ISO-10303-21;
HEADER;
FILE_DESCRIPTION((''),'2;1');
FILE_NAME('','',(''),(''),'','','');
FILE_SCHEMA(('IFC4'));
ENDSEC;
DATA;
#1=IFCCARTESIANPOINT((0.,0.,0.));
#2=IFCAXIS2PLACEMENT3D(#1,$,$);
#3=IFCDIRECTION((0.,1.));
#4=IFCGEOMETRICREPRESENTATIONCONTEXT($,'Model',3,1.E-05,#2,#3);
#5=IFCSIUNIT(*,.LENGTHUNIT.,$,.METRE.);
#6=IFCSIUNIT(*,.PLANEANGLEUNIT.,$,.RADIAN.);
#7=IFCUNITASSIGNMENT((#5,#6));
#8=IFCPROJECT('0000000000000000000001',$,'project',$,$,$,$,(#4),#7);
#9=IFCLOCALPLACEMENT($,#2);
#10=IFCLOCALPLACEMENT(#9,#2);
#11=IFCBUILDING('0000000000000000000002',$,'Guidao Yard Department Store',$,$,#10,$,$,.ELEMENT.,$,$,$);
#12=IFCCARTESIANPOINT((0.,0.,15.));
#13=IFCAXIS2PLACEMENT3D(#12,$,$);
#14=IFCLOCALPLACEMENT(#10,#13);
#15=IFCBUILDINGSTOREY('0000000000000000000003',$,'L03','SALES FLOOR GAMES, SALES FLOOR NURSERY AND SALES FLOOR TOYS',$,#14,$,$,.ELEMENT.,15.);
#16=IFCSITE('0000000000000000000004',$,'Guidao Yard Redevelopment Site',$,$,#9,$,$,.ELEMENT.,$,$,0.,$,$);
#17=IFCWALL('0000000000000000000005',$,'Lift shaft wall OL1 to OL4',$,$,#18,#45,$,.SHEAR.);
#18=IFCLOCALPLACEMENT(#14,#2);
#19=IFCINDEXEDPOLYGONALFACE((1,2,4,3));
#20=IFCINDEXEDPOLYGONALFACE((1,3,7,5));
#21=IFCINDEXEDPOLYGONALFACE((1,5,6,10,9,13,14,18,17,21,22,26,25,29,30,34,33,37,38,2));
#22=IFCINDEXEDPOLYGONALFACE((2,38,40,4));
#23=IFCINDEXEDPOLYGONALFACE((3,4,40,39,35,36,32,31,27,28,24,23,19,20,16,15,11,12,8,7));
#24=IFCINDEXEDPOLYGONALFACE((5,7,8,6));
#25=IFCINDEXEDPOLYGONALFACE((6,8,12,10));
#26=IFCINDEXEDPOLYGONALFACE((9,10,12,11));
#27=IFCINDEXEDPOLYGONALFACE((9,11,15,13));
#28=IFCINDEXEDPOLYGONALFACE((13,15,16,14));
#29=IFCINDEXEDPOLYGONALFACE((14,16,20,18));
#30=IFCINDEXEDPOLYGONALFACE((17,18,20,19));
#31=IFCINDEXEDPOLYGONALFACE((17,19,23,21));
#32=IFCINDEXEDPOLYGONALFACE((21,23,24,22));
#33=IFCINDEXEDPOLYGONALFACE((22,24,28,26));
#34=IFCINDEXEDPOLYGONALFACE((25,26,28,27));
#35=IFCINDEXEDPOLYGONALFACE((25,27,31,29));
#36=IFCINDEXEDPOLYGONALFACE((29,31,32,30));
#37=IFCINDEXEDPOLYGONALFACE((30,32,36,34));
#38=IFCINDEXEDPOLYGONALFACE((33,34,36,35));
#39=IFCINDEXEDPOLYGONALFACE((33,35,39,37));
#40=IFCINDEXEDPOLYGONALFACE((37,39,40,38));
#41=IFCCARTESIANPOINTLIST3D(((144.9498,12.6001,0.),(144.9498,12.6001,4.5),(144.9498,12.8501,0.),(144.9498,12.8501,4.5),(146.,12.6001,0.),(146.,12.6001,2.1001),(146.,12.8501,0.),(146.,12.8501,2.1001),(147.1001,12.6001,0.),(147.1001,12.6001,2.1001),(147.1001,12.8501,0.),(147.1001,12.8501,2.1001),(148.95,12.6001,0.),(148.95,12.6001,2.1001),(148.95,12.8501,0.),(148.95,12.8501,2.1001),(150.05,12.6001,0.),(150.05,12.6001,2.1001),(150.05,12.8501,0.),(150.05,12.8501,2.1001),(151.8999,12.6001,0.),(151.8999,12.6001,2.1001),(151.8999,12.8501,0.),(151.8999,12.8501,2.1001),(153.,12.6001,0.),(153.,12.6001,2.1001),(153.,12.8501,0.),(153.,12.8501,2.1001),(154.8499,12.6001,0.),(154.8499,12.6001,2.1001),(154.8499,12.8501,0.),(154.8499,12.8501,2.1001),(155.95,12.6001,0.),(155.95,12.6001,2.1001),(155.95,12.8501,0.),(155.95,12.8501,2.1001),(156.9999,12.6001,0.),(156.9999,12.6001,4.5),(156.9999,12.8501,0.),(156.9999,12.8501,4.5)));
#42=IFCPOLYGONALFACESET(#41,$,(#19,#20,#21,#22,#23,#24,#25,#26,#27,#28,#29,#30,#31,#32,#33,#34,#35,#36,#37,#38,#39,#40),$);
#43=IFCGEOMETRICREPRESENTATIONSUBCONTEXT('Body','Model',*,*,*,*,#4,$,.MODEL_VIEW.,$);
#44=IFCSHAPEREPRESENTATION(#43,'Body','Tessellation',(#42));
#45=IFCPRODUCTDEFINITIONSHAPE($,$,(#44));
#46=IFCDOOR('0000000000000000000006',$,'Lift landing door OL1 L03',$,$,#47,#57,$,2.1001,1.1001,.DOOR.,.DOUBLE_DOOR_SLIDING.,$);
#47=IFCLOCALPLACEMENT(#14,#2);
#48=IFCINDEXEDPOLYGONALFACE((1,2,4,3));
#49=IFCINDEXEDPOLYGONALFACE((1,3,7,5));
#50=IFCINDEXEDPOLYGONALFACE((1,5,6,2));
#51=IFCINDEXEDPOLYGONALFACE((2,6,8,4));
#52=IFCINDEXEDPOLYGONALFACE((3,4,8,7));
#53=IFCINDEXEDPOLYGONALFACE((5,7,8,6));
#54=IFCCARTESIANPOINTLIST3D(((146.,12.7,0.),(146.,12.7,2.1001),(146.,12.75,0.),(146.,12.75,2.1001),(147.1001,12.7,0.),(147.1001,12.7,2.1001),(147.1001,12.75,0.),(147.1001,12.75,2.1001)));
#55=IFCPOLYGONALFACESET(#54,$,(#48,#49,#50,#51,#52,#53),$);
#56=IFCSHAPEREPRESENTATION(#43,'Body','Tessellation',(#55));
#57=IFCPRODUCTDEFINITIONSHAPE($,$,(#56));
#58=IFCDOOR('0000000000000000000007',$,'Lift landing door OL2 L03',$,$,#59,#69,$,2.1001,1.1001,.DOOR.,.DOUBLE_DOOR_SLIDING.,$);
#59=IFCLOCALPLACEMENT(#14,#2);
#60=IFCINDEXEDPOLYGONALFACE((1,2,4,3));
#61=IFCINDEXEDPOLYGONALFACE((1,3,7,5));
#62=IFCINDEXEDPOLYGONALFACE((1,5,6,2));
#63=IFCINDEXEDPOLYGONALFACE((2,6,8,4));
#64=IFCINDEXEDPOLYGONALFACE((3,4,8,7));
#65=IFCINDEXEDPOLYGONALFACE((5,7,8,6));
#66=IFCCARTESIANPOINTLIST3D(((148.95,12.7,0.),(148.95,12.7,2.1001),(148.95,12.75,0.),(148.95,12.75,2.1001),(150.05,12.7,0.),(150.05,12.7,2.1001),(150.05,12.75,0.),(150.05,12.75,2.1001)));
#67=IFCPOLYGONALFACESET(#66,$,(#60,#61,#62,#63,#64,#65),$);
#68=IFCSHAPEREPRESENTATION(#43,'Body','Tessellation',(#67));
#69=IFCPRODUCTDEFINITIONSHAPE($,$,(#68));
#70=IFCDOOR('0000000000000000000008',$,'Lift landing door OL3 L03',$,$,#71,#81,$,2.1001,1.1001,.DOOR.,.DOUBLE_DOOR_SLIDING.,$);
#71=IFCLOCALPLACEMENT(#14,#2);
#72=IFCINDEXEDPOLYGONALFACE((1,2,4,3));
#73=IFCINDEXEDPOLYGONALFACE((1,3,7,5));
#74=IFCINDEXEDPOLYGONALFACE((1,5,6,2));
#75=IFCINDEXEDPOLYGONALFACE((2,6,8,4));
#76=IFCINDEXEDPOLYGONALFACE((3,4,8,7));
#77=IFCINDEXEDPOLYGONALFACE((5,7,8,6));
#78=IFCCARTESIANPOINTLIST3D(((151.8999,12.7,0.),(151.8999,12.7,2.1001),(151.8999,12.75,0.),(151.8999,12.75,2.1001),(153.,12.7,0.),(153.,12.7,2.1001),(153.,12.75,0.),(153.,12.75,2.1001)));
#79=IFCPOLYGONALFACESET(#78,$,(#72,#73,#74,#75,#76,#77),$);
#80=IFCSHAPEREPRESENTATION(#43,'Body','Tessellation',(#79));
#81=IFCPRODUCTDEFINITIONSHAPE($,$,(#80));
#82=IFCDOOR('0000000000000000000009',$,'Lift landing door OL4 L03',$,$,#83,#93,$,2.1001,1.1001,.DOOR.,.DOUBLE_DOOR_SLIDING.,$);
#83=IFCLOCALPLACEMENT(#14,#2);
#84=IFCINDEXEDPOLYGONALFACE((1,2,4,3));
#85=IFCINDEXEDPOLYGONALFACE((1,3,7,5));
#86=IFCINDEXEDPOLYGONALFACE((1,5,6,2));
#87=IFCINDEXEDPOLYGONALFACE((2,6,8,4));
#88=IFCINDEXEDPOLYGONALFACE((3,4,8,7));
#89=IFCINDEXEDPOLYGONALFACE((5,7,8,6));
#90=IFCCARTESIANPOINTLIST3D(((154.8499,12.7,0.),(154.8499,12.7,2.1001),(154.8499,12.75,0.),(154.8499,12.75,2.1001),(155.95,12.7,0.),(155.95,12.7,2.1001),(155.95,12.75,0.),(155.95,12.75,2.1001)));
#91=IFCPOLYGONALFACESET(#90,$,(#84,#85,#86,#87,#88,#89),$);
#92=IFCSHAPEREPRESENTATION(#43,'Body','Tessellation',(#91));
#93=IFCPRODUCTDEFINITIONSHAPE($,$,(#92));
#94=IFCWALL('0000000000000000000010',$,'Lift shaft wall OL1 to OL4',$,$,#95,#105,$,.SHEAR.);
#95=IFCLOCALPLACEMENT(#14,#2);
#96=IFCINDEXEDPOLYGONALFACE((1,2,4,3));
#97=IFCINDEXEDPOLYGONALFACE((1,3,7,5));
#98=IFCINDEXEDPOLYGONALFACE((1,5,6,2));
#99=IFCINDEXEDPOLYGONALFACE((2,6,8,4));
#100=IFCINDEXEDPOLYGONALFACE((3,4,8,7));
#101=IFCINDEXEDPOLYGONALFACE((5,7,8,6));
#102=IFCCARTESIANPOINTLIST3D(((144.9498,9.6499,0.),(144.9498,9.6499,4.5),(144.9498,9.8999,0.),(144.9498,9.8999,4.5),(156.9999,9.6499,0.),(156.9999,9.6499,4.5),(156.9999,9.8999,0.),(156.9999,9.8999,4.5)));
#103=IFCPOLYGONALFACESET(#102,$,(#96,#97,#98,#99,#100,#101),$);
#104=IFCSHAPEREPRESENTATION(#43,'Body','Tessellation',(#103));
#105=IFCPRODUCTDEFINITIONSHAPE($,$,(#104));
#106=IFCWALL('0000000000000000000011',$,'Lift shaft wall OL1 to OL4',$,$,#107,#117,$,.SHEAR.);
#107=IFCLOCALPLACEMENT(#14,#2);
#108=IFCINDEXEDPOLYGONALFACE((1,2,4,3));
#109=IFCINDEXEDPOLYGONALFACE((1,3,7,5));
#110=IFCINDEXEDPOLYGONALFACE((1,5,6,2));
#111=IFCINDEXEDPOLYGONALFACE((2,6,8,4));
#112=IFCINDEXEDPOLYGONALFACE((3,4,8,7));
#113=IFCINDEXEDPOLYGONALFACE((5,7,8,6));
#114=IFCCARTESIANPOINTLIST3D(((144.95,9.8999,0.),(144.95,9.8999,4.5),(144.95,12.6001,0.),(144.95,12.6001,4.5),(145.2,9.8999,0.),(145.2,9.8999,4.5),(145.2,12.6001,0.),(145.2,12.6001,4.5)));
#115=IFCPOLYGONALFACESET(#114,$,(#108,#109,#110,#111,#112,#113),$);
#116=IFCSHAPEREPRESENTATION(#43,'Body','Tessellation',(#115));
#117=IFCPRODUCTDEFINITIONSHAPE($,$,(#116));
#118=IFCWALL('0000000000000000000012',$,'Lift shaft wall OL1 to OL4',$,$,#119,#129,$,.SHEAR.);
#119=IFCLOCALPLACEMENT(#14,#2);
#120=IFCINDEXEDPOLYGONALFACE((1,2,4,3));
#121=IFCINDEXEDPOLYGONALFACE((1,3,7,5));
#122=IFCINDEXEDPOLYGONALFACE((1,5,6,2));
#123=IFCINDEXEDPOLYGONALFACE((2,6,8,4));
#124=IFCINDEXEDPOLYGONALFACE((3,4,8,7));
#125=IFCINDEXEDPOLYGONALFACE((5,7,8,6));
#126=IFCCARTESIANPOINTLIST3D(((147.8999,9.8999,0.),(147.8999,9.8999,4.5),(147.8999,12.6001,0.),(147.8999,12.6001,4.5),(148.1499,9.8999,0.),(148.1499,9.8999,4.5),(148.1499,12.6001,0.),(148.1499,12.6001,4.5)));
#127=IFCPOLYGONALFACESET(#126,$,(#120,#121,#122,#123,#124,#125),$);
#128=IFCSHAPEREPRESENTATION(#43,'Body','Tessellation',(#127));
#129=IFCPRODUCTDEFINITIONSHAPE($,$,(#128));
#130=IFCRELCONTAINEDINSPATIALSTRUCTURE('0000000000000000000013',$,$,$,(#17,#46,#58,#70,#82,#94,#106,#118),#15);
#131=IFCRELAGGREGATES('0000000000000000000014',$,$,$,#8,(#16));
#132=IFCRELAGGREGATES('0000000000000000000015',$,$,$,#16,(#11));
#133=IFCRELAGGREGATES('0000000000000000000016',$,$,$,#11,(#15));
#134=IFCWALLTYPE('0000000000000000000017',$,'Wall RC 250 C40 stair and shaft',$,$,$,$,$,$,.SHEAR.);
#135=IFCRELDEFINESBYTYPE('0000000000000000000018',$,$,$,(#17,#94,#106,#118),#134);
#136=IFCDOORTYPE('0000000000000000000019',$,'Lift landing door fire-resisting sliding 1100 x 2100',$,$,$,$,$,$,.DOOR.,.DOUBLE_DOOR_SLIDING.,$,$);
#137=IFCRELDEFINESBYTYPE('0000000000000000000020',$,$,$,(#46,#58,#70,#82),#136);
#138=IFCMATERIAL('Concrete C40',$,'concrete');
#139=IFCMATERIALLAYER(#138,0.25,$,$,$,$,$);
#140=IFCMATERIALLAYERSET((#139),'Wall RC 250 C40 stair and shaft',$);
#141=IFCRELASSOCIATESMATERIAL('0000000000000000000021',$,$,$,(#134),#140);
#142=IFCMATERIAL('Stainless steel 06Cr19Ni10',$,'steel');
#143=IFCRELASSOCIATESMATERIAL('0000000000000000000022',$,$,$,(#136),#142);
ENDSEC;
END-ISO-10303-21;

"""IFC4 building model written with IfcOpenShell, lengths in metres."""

from ifc_helpers import new_model, si_unit, direction, frame, frame_2d, origin, place, context, subcontext, project, spatial, rectangle, extrude, material, layer, layer_set, type_object, element, fill, save


model = new_model("IFC4")

# Units and contexts
model_context = context("Model", 3, precision=1e-05, world=origin(), true_north=direction((0.0, 1.0)))
body_context = subcontext(model_context, "Body", "Model", "MODEL_VIEW")
ifc_project = project(units=[si_unit("LENGTHUNIT", "METRE"), si_unit("PLANEANGLEUNIT", "RADIAN")], contexts=[model_context])

# Site, building, storey
site_placement = place(None, origin())
site = spatial("IfcSite", under=ifc_project, at=site_placement, Name="Guidao Yard Redevelopment Site", CompositionType="ELEMENT", RefElevation=0.0)
building_placement = place(site_placement, origin())
building = spatial("IfcBuilding", under=site, at=building_placement, Name="Guidao Yard Department Store", CompositionType="ELEMENT")
storey_placement = place(building_placement, frame((0.0, 0.0, 15.0)))
storey = spatial("IfcBuildingStorey", under=building, at=storey_placement, Name="L03", Description="SALES FLOOR GAMES, SALES FLOOR NURSERY AND SALES FLOOR TOYS", CompositionType="ELEMENT", Elevation=15.0)

# Wall, openings, doors
ifc_material_1 = material(Name="Concrete C40", Category="concrete")
ifc_layer_1 = layer(ifc_material_1, 0.25)
ifc_layer_set_1 = layer_set([ifc_layer_1], Name="Wall RC 250 C40 stair and shaft")
wall_type_1 = type_object("IfcWallType", Name="Wall RC 250 C40 stair and shaft", PredefinedType="SHEAR", material=ifc_layer_set_1)
wall_1_placement = place(storey_placement, frame((144.95, 12.7251, 0.0), z_axis=(0.0, 0.0, 1.0), x_axis=(1.0, 0.0, 0.0)))
wall_1 = element("IfcWall", 1, at=wall_1_placement, inside=storey, type_object=wall_type_1, Name="Lift shaft wall OL1 to OL4", PredefinedType="SHEAR", context=body_context, shape_type="SweptSolid", body=[
    extrude(rectangle(XDim=12.05, YDim=0.25, at=frame_2d((6.0249, 0.0))), origin(), (0.0, 0.0, 1.0), 4.5),
])
opening_1_placement = place(wall_1_placement, frame((1.05, 0.0, 0.0)))
opening_1 = element("IfcOpeningElement", 2, at=opening_1_placement, cuts=wall_1, PredefinedType="OPENING", context=body_context, shape_type="SweptSolid", body=[
    extrude(rectangle(XDim=1.1001, YDim=2.1001, at=frame_2d((0.55, 1.05))), frame((0.0, 0.135, 0.0), z_axis=(0.0, -1.0, 0.0), x_axis=(1.0, 0.0, 0.0)), (0.0, 0.0, 1.0), 0.27),
])
opening_2_placement = place(wall_1_placement, frame((4.0, 0.0, 0.0)))
opening_2 = element("IfcOpeningElement", 3, at=opening_2_placement, cuts=wall_1, PredefinedType="OPENING", context=body_context, shape_type="SweptSolid", body=[
    extrude(rectangle(XDim=1.1001, YDim=2.1001, at=frame_2d((0.55, 1.05))), frame((0.0, 0.135, 0.0), z_axis=(0.0, -1.0, 0.0), x_axis=(1.0, 0.0, 0.0)), (0.0, 0.0, 1.0), 0.27),
])
opening_3_placement = place(wall_1_placement, frame((6.95, 0.0, 0.0)))
opening_3 = element("IfcOpeningElement", 4, at=opening_3_placement, cuts=wall_1, PredefinedType="OPENING", context=body_context, shape_type="SweptSolid", body=[
    extrude(rectangle(XDim=1.1001, YDim=2.1001, at=frame_2d((0.55, 1.05))), frame((0.0, 0.135, 0.0), z_axis=(0.0, -1.0, 0.0), x_axis=(1.0, 0.0, 0.0)), (0.0, 0.0, 1.0), 0.27),
])
opening_4_placement = place(wall_1_placement, frame((9.8999, 0.0, 0.0)))
opening_4 = element("IfcOpeningElement", 5, at=opening_4_placement, cuts=wall_1, PredefinedType="OPENING", context=body_context, shape_type="SweptSolid", body=[
    extrude(rectangle(XDim=1.1001, YDim=2.1001, at=frame_2d((0.55, 1.05))), frame((0.0, 0.135, 0.0), z_axis=(0.0, -1.0, 0.0), x_axis=(1.0, 0.0, 0.0)), (0.0, 0.0, 1.0), 0.27),
])
ifc_material_2 = material(Name="Stainless steel 06Cr19Ni10", Category="steel")
door_type_1 = type_object("IfcDoorType", Name="Lift landing door fire-resisting sliding 1100 x 2100", OperationType="DOUBLE_DOOR_SLIDING", PredefinedType="DOOR", material=ifc_material_2)
door_1_placement = place(opening_1_placement, origin())
door_1 = element("IfcDoor", 6, at=door_1_placement, inside=storey, type_object=door_type_1, Name="Lift landing door OL1 L03", OperationType="DOUBLE_DOOR_SLIDING", OverallHeight=2.1001, OverallWidth=1.1001, PredefinedType="DOOR", context=body_context, shape_type="SweptSolid", body=[
    extrude(rectangle(XDim=1.1001, YDim=2.1001, at=frame_2d((0.55, 1.05))), frame((0.0, 0.0249, 0.0), z_axis=(0.0, -1.0, 0.0), x_axis=(1.0, 0.0, 0.0)), (0.0, 0.0, 1.0), 0.05),
])
fill(opening_1, door_1)
door_2_placement = place(opening_2_placement, origin())
door_2 = element("IfcDoor", 7, at=door_2_placement, inside=storey, type_object=door_type_1, Name="Lift landing door OL2 L03", OperationType="DOUBLE_DOOR_SLIDING", OverallHeight=2.1001, OverallWidth=1.1001, PredefinedType="DOOR", context=body_context, shape_type="SweptSolid", body=[
    extrude(rectangle(XDim=1.1001, YDim=2.1001, at=frame_2d((0.55, 1.05))), frame((0.0, 0.0249, 0.0), z_axis=(0.0, -1.0, 0.0), x_axis=(1.0, 0.0, 0.0)), (0.0, 0.0, 1.0), 0.05),
])
fill(opening_2, door_2)
door_3_placement = place(opening_3_placement, origin())
door_3 = element("IfcDoor", 8, at=door_3_placement, inside=storey, type_object=door_type_1, Name="Lift landing door OL3 L03", OperationType="DOUBLE_DOOR_SLIDING", OverallHeight=2.1001, OverallWidth=1.1001, PredefinedType="DOOR", context=body_context, shape_type="SweptSolid", body=[
    extrude(rectangle(XDim=1.1001, YDim=2.1001, at=frame_2d((0.55, 1.05))), frame((0.0, 0.0249, 0.0), z_axis=(0.0, -1.0, 0.0), x_axis=(1.0, 0.0, 0.0)), (0.0, 0.0, 1.0), 0.05),
])
fill(opening_3, door_3)
door_4_placement = place(opening_4_placement, origin())
door_4 = element("IfcDoor", 9, at=door_4_placement, inside=storey, type_object=door_type_1, Name="Lift landing door OL4 L03", OperationType="DOUBLE_DOOR_SLIDING", OverallHeight=2.1001, OverallWidth=1.1001, PredefinedType="DOOR", context=body_context, shape_type="SweptSolid", body=[
    extrude(rectangle(XDim=1.1001, YDim=2.1001, at=frame_2d((0.55, 1.05))), frame((0.0, 0.0249, 0.0), z_axis=(0.0, -1.0, 0.0), x_axis=(1.0, 0.0, 0.0)), (0.0, 0.0, 1.0), 0.05),
])
fill(opening_4, door_4)

# Walls
wall_2_placement = place(storey_placement, frame((144.95, 9.7749, 0.0), z_axis=(0.0, 0.0, 1.0), x_axis=(1.0, 0.0, 0.0)))
element("IfcWall", 10, at=wall_2_placement, inside=storey, type_object=wall_type_1, Name="Lift shaft wall OL1 to OL4", PredefinedType="SHEAR", context=body_context, shape_type="SweptSolid", body=[
    extrude(rectangle(XDim=12.05, YDim=0.25, at=frame_2d((6.0249, 0.0))), origin(), (0.0, 0.0, 1.0), 4.5),
])
for number, where, z_axis, x_axis, name in (
    (11, (145.075, 9.8999, 0.0), (0.0, 0.0, 1.0), (0.0, 1.0, 0.0), "Lift shaft wall OL1 to OL4"),
    (12, (148.0249, 9.8999, 0.0), (0.0, 0.0, 1.0), (0.0, 1.0, 0.0), "Lift shaft wall OL1 to OL4"),
):
    element("IfcWall", number, at=place(storey_placement, frame(where, z_axis=z_axis, x_axis=x_axis)), inside=storey, type_object=wall_type_1, Name=name, PredefinedType="SHEAR", context=body_context, shape_type="SweptSolid", body=[
        extrude(rectangle(XDim=2.7002, YDim=0.25, at=frame_2d((1.3501, 0.0))), origin(), (0.0, 0.0, 1.0), 4.5),
    ])

save(model, "model.ifc")
